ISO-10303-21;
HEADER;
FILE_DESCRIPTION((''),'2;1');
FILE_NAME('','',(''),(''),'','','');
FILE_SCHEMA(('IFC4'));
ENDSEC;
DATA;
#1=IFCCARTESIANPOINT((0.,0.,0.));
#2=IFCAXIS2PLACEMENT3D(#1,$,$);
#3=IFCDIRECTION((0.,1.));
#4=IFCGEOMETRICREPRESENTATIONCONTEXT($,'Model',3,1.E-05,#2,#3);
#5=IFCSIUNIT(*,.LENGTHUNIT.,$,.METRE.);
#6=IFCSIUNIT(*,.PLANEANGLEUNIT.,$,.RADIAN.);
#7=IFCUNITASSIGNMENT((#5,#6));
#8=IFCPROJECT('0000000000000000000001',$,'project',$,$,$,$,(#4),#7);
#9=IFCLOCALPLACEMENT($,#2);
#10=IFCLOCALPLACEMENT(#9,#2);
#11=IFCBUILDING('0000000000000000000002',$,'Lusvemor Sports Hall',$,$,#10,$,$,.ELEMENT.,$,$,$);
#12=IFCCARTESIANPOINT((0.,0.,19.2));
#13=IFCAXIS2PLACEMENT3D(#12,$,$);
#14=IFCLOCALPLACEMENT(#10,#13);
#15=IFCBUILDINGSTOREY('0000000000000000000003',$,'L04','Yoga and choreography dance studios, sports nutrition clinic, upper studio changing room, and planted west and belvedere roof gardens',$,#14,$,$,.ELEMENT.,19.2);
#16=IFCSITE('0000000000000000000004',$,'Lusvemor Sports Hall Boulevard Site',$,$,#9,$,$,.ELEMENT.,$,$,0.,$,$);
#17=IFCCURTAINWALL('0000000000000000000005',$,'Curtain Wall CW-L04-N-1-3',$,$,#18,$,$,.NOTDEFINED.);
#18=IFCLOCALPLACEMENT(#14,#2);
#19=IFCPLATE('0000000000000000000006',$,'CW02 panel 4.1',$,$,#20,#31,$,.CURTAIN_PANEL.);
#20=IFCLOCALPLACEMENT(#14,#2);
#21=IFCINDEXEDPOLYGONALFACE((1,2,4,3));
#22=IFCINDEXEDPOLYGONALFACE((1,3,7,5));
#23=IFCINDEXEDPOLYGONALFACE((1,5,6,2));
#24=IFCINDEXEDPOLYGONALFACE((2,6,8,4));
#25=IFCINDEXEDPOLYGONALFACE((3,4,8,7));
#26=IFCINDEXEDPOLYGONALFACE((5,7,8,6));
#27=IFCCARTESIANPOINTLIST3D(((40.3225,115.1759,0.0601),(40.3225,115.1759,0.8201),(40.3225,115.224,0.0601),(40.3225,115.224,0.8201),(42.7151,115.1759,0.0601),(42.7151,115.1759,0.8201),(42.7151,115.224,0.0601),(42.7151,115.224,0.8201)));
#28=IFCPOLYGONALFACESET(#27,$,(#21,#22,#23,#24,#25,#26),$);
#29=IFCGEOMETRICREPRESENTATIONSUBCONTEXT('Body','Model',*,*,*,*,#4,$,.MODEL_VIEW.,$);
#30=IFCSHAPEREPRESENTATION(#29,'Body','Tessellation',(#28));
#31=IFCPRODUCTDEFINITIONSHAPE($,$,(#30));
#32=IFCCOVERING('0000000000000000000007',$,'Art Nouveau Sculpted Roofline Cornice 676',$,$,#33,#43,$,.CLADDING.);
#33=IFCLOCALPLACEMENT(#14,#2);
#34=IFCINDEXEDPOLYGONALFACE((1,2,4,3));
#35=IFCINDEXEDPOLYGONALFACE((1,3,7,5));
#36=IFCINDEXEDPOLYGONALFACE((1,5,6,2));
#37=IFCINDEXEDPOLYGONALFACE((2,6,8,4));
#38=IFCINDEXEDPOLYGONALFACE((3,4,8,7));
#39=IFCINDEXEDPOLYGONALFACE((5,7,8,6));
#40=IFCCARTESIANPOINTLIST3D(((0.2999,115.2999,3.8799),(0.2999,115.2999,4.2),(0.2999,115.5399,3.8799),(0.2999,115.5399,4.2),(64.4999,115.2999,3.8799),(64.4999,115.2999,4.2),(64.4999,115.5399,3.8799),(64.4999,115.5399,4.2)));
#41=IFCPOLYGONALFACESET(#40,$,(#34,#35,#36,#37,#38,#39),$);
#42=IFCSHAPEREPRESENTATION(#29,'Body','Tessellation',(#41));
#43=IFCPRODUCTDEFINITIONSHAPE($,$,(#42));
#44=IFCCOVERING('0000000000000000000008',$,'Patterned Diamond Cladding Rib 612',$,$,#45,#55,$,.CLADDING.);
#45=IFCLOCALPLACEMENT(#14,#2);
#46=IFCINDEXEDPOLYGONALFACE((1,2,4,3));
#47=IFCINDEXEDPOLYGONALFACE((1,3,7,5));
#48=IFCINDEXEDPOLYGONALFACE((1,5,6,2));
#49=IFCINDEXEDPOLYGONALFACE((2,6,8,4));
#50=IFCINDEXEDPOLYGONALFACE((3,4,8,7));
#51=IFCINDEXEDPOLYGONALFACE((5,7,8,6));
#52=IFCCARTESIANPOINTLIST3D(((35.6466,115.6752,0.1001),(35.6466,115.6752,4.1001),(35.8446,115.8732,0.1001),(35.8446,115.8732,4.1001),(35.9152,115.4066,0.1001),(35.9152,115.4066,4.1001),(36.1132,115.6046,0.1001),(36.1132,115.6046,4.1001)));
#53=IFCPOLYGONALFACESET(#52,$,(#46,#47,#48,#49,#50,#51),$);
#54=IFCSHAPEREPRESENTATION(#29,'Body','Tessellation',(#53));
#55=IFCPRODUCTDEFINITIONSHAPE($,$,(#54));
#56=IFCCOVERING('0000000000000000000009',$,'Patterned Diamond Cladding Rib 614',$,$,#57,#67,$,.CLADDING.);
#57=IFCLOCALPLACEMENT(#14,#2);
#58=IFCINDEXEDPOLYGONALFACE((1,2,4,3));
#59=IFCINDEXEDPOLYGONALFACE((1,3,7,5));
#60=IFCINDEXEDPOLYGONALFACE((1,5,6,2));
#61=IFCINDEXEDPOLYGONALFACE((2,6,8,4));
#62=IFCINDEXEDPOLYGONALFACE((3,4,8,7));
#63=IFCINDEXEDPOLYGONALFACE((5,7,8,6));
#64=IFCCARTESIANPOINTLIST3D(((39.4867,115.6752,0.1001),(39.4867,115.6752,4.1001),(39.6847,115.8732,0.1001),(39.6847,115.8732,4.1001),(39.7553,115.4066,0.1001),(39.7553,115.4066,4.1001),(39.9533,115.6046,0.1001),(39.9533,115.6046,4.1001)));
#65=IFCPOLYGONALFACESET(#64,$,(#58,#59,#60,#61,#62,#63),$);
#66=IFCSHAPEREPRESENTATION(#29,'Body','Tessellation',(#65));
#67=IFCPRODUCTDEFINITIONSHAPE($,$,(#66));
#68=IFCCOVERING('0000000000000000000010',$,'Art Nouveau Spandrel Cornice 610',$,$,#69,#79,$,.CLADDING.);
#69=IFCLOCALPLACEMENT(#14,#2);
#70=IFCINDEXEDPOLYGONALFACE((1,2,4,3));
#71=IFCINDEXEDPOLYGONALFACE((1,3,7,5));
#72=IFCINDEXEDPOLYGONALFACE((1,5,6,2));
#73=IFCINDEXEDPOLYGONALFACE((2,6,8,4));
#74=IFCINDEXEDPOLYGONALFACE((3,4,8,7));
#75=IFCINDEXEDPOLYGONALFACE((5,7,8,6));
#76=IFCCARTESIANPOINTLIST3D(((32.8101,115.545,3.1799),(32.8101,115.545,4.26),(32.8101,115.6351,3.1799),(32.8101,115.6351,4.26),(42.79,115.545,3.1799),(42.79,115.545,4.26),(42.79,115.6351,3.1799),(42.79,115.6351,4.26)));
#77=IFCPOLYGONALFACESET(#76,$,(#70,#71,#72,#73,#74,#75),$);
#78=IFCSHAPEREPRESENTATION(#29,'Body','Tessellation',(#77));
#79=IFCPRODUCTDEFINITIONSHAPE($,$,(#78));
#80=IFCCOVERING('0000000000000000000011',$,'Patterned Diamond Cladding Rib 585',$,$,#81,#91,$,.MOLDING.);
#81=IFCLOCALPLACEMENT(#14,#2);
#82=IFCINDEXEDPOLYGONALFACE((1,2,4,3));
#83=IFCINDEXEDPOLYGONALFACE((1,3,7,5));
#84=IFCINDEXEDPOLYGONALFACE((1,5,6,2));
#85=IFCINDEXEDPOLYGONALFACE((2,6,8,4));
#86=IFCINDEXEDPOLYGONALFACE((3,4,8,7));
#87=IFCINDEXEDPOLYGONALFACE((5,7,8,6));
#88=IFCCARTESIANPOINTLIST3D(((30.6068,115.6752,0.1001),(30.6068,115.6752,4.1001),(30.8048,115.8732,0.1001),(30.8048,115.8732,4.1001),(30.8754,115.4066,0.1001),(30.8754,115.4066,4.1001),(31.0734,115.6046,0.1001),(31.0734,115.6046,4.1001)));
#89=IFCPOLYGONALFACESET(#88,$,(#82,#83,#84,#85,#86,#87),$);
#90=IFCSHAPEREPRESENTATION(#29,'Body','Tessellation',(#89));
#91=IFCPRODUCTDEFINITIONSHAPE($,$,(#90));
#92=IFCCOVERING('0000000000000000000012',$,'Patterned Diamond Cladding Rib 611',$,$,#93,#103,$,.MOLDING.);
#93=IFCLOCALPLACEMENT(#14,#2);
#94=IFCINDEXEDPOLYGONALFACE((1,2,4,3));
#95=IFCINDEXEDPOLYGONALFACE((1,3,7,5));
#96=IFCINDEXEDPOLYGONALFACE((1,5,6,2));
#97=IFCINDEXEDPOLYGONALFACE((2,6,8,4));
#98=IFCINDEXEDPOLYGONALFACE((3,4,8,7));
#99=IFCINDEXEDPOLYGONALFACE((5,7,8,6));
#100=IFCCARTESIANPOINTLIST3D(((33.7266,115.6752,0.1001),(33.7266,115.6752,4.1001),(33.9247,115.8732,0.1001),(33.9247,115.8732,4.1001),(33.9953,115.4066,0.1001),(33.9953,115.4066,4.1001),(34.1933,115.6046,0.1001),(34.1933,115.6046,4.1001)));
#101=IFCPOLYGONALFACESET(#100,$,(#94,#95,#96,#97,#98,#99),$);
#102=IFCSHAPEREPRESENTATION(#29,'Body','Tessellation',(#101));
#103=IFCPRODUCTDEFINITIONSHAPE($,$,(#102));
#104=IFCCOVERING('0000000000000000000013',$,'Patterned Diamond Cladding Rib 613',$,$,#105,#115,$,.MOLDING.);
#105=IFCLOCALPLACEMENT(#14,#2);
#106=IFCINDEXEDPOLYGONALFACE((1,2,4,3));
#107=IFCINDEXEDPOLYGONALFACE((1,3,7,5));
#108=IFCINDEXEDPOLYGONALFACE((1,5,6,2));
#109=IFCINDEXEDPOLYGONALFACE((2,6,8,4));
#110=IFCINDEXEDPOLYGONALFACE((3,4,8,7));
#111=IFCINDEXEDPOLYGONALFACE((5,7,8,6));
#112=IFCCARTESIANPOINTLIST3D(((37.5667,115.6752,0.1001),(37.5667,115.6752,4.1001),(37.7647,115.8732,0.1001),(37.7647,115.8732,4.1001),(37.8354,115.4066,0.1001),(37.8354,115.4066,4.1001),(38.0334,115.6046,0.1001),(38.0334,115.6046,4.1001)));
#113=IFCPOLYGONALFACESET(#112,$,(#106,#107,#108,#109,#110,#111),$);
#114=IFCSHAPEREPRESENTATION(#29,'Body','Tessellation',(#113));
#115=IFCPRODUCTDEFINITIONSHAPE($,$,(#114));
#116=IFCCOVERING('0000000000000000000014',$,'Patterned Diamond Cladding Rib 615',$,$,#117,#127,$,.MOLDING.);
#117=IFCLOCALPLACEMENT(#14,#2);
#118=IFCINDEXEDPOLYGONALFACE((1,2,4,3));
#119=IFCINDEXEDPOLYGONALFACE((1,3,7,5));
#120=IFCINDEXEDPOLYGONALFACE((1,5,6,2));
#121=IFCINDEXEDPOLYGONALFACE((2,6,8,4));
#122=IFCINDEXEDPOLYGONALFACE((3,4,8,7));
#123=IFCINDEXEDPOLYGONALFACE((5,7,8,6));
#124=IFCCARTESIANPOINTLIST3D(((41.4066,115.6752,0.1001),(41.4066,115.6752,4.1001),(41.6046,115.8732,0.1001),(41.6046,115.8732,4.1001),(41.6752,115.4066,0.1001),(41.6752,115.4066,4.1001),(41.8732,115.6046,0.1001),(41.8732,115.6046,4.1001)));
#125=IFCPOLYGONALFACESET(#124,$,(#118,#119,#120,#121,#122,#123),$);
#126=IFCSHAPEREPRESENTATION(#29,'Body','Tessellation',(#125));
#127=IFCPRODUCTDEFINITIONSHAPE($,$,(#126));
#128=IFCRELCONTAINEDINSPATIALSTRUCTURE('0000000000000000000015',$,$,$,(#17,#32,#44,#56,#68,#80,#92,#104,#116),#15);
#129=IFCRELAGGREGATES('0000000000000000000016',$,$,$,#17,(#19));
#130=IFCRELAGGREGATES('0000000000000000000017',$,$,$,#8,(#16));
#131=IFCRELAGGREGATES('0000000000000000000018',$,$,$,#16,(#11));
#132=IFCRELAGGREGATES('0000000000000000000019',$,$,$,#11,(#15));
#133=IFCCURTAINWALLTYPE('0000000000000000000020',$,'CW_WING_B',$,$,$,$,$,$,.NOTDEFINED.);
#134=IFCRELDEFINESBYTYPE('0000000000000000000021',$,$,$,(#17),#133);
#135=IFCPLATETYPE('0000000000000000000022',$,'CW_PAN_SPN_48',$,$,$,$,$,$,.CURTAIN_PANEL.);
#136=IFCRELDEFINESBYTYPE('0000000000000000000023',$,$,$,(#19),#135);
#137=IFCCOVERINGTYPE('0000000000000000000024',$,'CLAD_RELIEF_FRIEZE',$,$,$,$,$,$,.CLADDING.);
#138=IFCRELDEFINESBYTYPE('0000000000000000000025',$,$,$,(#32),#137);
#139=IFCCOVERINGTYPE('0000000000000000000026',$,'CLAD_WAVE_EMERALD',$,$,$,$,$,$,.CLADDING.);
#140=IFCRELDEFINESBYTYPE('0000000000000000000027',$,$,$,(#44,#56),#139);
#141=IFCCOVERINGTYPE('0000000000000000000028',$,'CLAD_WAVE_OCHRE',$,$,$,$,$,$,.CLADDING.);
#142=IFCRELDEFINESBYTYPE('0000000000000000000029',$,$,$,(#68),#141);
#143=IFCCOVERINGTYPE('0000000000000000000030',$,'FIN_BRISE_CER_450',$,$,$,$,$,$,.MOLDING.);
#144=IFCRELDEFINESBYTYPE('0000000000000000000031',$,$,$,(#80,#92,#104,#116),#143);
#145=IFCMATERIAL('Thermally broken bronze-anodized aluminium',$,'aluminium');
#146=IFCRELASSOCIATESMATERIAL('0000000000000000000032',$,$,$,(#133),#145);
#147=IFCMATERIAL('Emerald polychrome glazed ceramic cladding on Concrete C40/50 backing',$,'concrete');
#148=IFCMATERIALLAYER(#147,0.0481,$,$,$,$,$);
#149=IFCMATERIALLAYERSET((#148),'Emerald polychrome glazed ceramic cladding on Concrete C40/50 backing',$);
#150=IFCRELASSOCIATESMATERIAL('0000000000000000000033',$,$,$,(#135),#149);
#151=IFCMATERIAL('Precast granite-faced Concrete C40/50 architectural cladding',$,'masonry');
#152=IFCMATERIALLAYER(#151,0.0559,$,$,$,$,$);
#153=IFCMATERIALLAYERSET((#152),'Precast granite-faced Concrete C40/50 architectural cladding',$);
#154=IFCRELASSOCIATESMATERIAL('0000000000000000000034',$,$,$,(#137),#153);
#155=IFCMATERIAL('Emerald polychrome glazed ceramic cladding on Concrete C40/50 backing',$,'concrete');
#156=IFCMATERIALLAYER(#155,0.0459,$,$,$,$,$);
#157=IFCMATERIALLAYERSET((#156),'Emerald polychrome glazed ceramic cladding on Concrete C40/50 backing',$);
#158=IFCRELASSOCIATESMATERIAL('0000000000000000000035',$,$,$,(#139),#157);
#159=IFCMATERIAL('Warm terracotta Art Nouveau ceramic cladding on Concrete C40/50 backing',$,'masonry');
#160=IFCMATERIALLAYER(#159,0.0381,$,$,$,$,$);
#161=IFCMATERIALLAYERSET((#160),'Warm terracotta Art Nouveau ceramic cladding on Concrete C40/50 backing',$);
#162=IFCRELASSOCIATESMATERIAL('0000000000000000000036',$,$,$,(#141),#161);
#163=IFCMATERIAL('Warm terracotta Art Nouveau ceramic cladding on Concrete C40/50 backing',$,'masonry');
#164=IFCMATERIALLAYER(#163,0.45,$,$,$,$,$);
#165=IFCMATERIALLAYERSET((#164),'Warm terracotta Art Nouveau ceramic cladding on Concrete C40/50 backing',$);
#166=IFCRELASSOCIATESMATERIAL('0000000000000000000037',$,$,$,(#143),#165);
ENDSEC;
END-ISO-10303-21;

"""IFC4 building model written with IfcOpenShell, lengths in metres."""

from ifc_helpers import new_model, si_unit, direction, frame, origin, origin_2d, place, context, subcontext, project, spatial, rectangle, extrude, material, layer, layer_set, type_object, element, aggregate, save


model = new_model("IFC4")

# Units and contexts
model_context = context("Model", 3, precision=1e-05, world=origin(), true_north=direction((0.0, 1.0)))
body_context = subcontext(model_context, "Body", "Model", "MODEL_VIEW")
ifc_project = project(units=[si_unit("LENGTHUNIT", "METRE"), si_unit("PLANEANGLEUNIT", "RADIAN")], contexts=[model_context])

# Site, building, storey
site_placement = place(None, origin())
site = spatial("IfcSite", under=ifc_project, at=site_placement, Name="Lusvemor Sports Hall Boulevard Site", CompositionType="ELEMENT", RefElevation=0.0)
building_placement = place(site_placement, origin())
building = spatial("IfcBuilding", under=site, at=building_placement, Name="Lusvemor Sports Hall", CompositionType="ELEMENT")
storey_placement = place(building_placement, frame((0.0, 0.0, 19.2)))
storey = spatial("IfcBuildingStorey", under=building, at=storey_placement, Name="L04", Description="Yoga and choreography dance studios, sports nutrition clinic, upper studio changing room, and planted west and belvedere roof gardens", CompositionType="ELEMENT", Elevation=19.2)

# Curtain wall
ifc_material_1 = material(Name="Thermally broken bronze-anodized aluminium", Category="aluminium")
curtain_wall_type_1 = type_object("IfcCurtainWallType", Name="CW_WING_B", PredefinedType="NOTDEFINED", material=ifc_material_1)
curtain_wall_1_placement = place(storey_placement, origin())
curtain_wall_1 = element("IfcCurtainWall", 1, at=curtain_wall_1_placement, inside=storey, type_object=curtain_wall_type_1, Name="Curtain Wall CW-L04-N-1-3", PredefinedType="NOTDEFINED")

# Plate
ifc_material_2 = material(Name="Emerald polychrome glazed ceramic cladding on Concrete C40/50 backing", Category="concrete")
ifc_layer_1 = layer(ifc_material_2, 0.0481)
ifc_layer_set_1 = layer_set([ifc_layer_1], Name="Emerald polychrome glazed ceramic cladding on Concrete C40/50 backing")
plate_type_1 = type_object("IfcPlateType", Name="CW_PAN_SPN_48", PredefinedType="CURTAIN_PANEL", material=ifc_layer_set_1)
plate_1_placement = place(storey_placement, frame((41.5188, 115.2, 0.0601), z_axis=(0.0, 0.0, 1.0), x_axis=(1.0, 0.0, 0.0)))
plate_1 = element("IfcPlate", 2, at=plate_1_placement, type_object=plate_type_1, Name="CW02 panel 4.1", PredefinedType="CURTAIN_PANEL", context=body_context, shape_type="SweptSolid", body=[
    extrude(rectangle(XDim=2.3926, YDim=0.0481, at=origin_2d()), origin(), (0.0, 0.0, 1.0), 0.76),
])
aggregate(curtain_wall_1, [plate_1])

# Coverings
ifc_material_3 = material(Name="Precast granite-faced Concrete C40/50 architectural cladding", Category="masonry")
ifc_layer_2 = layer(ifc_material_3, 0.0559)
ifc_layer_set_2 = layer_set([ifc_layer_2], Name="Precast granite-faced Concrete C40/50 architectural cladding")
covering_type_1 = type_object("IfcCoveringType", Name="CLAD_RELIEF_FRIEZE", PredefinedType="CLADDING", material=ifc_layer_set_2)
covering_1_placement = place(storey_placement, frame((32.3999, 115.4199, 3.8799), z_axis=(0.0, 0.0, 1.0), x_axis=(1.0, 0.0, 0.0)))
element("IfcCovering", 3, at=covering_1_placement, inside=storey, type_object=covering_type_1, Name="Art Nouveau Sculpted Roofline Cornice 676", PredefinedType="CLADDING", context=body_context, shape_type="SweptSolid", body=[
    extrude(rectangle(XDim=64.2, YDim=0.24, at=origin_2d()), origin(), (0.0, 0.0, 1.0), 0.3201),
])
ifc_material_4 = material(Name="Emerald polychrome glazed ceramic cladding on Concrete C40/50 backing", Category="concrete")
ifc_layer_3 = layer(ifc_material_4, 0.0459)
ifc_layer_set_3 = layer_set([ifc_layer_3], Name="Emerald polychrome glazed ceramic cladding on Concrete C40/50 backing")
covering_type_2 = type_object("IfcCoveringType", Name="CLAD_WAVE_EMERALD", PredefinedType="CLADDING", material=ifc_layer_set_3)
for number, where, z_axis, x_axis, name in (
    (4, (35.8799, 115.6399, 0.1001), (0.0, 0.0, 1.0), (0.707107, 0.707107, 0.0), "Patterned Diamond Cladding Rib 612"),
    (5, (39.72, 115.6399, 0.1001), (0.0, 0.0, 1.0), (0.707107, 0.707107, 0.0), "Patterned Diamond Cladding Rib 614"),
):
    element("IfcCovering", number, at=place(storey_placement, frame(where, z_axis=z_axis, x_axis=x_axis)), inside=storey, type_object=covering_type_2, Name=name, PredefinedType="CLADDING", context=body_context, shape_type="SweptSolid", body=[
        extrude(rectangle(XDim=0.28, YDim=0.3799, at=origin_2d()), origin(), (0.0, 0.0, 1.0), 4.0),
    ])
ifc_material_5 = material(Name="Warm terracotta Art Nouveau ceramic cladding on Concrete C40/50 backing", Category="masonry")
ifc_layer_4 = layer(ifc_material_5, 0.0381)
ifc_layer_set_4 = layer_set([ifc_layer_4], Name="Warm terracotta Art Nouveau ceramic cladding on Concrete C40/50 backing")
covering_type_3 = type_object("IfcCoveringType", Name="CLAD_WAVE_OCHRE", PredefinedType="CLADDING", material=ifc_layer_set_4)
covering_2_placement = place(storey_placement, frame((37.8, 115.5901, 3.1799), z_axis=(0.0, 0.0, 1.0), x_axis=(1.0, 0.0, 0.0)))
element("IfcCovering", 6, at=covering_2_placement, inside=storey, type_object=covering_type_3, Name="Art Nouveau Spandrel Cornice 610", PredefinedType="CLADDING", context=body_context, shape_type="SweptSolid", body=[
    extrude(rectangle(XDim=9.98, YDim=0.0901, at=origin_2d()), origin(), (0.0, 0.0, 1.0), 1.0801),
])
ifc_material_6 = material(Name="Warm terracotta Art Nouveau ceramic cladding on Concrete C40/50 backing", Category="masonry")
ifc_layer_5 = layer(ifc_material_6, 0.45)
ifc_layer_set_5 = layer_set([ifc_layer_5], Name="Warm terracotta Art Nouveau ceramic cladding on Concrete C40/50 backing")
covering_type_4 = type_object("IfcCoveringType", Name="FIN_BRISE_CER_450", PredefinedType="MOLDING", material=ifc_layer_set_5)
for number, where, z_axis, x_axis, name in (
    (7, (30.8401, 115.6399, 0.1001), (0.0, 0.0, 1.0), (0.707107, 0.707107, 0.0), "Patterned Diamond Cladding Rib 585"),
    (8, (33.96, 115.6399, 0.1001), (0.0, 0.0, 1.0), (0.707107, 0.707107, 0.0), "Patterned Diamond Cladding Rib 611"),
    (9, (37.8, 115.6399, 0.1001), (0.0, 0.0, 1.0), (0.707107, 0.707107, 0.0), "Patterned Diamond Cladding Rib 613"),
    (10, (41.6399, 115.6399, 0.1001), (0.0, 0.0, 1.0), (0.707107, 0.707107, 0.0), "Patterned Diamond Cladding Rib 615"),
):
    element("IfcCovering", number, at=place(storey_placement, frame(where, z_axis=z_axis, x_axis=x_axis)), inside=storey, type_object=covering_type_4, Name=name, PredefinedType="MOLDING", context=body_context, shape_type="SweptSolid", body=[
        extrude(rectangle(XDim=0.28, YDim=0.3799, at=origin_2d()), origin(), (0.0, 0.0, 1.0), 4.0),
    ])

save(model, "model.ifc")
